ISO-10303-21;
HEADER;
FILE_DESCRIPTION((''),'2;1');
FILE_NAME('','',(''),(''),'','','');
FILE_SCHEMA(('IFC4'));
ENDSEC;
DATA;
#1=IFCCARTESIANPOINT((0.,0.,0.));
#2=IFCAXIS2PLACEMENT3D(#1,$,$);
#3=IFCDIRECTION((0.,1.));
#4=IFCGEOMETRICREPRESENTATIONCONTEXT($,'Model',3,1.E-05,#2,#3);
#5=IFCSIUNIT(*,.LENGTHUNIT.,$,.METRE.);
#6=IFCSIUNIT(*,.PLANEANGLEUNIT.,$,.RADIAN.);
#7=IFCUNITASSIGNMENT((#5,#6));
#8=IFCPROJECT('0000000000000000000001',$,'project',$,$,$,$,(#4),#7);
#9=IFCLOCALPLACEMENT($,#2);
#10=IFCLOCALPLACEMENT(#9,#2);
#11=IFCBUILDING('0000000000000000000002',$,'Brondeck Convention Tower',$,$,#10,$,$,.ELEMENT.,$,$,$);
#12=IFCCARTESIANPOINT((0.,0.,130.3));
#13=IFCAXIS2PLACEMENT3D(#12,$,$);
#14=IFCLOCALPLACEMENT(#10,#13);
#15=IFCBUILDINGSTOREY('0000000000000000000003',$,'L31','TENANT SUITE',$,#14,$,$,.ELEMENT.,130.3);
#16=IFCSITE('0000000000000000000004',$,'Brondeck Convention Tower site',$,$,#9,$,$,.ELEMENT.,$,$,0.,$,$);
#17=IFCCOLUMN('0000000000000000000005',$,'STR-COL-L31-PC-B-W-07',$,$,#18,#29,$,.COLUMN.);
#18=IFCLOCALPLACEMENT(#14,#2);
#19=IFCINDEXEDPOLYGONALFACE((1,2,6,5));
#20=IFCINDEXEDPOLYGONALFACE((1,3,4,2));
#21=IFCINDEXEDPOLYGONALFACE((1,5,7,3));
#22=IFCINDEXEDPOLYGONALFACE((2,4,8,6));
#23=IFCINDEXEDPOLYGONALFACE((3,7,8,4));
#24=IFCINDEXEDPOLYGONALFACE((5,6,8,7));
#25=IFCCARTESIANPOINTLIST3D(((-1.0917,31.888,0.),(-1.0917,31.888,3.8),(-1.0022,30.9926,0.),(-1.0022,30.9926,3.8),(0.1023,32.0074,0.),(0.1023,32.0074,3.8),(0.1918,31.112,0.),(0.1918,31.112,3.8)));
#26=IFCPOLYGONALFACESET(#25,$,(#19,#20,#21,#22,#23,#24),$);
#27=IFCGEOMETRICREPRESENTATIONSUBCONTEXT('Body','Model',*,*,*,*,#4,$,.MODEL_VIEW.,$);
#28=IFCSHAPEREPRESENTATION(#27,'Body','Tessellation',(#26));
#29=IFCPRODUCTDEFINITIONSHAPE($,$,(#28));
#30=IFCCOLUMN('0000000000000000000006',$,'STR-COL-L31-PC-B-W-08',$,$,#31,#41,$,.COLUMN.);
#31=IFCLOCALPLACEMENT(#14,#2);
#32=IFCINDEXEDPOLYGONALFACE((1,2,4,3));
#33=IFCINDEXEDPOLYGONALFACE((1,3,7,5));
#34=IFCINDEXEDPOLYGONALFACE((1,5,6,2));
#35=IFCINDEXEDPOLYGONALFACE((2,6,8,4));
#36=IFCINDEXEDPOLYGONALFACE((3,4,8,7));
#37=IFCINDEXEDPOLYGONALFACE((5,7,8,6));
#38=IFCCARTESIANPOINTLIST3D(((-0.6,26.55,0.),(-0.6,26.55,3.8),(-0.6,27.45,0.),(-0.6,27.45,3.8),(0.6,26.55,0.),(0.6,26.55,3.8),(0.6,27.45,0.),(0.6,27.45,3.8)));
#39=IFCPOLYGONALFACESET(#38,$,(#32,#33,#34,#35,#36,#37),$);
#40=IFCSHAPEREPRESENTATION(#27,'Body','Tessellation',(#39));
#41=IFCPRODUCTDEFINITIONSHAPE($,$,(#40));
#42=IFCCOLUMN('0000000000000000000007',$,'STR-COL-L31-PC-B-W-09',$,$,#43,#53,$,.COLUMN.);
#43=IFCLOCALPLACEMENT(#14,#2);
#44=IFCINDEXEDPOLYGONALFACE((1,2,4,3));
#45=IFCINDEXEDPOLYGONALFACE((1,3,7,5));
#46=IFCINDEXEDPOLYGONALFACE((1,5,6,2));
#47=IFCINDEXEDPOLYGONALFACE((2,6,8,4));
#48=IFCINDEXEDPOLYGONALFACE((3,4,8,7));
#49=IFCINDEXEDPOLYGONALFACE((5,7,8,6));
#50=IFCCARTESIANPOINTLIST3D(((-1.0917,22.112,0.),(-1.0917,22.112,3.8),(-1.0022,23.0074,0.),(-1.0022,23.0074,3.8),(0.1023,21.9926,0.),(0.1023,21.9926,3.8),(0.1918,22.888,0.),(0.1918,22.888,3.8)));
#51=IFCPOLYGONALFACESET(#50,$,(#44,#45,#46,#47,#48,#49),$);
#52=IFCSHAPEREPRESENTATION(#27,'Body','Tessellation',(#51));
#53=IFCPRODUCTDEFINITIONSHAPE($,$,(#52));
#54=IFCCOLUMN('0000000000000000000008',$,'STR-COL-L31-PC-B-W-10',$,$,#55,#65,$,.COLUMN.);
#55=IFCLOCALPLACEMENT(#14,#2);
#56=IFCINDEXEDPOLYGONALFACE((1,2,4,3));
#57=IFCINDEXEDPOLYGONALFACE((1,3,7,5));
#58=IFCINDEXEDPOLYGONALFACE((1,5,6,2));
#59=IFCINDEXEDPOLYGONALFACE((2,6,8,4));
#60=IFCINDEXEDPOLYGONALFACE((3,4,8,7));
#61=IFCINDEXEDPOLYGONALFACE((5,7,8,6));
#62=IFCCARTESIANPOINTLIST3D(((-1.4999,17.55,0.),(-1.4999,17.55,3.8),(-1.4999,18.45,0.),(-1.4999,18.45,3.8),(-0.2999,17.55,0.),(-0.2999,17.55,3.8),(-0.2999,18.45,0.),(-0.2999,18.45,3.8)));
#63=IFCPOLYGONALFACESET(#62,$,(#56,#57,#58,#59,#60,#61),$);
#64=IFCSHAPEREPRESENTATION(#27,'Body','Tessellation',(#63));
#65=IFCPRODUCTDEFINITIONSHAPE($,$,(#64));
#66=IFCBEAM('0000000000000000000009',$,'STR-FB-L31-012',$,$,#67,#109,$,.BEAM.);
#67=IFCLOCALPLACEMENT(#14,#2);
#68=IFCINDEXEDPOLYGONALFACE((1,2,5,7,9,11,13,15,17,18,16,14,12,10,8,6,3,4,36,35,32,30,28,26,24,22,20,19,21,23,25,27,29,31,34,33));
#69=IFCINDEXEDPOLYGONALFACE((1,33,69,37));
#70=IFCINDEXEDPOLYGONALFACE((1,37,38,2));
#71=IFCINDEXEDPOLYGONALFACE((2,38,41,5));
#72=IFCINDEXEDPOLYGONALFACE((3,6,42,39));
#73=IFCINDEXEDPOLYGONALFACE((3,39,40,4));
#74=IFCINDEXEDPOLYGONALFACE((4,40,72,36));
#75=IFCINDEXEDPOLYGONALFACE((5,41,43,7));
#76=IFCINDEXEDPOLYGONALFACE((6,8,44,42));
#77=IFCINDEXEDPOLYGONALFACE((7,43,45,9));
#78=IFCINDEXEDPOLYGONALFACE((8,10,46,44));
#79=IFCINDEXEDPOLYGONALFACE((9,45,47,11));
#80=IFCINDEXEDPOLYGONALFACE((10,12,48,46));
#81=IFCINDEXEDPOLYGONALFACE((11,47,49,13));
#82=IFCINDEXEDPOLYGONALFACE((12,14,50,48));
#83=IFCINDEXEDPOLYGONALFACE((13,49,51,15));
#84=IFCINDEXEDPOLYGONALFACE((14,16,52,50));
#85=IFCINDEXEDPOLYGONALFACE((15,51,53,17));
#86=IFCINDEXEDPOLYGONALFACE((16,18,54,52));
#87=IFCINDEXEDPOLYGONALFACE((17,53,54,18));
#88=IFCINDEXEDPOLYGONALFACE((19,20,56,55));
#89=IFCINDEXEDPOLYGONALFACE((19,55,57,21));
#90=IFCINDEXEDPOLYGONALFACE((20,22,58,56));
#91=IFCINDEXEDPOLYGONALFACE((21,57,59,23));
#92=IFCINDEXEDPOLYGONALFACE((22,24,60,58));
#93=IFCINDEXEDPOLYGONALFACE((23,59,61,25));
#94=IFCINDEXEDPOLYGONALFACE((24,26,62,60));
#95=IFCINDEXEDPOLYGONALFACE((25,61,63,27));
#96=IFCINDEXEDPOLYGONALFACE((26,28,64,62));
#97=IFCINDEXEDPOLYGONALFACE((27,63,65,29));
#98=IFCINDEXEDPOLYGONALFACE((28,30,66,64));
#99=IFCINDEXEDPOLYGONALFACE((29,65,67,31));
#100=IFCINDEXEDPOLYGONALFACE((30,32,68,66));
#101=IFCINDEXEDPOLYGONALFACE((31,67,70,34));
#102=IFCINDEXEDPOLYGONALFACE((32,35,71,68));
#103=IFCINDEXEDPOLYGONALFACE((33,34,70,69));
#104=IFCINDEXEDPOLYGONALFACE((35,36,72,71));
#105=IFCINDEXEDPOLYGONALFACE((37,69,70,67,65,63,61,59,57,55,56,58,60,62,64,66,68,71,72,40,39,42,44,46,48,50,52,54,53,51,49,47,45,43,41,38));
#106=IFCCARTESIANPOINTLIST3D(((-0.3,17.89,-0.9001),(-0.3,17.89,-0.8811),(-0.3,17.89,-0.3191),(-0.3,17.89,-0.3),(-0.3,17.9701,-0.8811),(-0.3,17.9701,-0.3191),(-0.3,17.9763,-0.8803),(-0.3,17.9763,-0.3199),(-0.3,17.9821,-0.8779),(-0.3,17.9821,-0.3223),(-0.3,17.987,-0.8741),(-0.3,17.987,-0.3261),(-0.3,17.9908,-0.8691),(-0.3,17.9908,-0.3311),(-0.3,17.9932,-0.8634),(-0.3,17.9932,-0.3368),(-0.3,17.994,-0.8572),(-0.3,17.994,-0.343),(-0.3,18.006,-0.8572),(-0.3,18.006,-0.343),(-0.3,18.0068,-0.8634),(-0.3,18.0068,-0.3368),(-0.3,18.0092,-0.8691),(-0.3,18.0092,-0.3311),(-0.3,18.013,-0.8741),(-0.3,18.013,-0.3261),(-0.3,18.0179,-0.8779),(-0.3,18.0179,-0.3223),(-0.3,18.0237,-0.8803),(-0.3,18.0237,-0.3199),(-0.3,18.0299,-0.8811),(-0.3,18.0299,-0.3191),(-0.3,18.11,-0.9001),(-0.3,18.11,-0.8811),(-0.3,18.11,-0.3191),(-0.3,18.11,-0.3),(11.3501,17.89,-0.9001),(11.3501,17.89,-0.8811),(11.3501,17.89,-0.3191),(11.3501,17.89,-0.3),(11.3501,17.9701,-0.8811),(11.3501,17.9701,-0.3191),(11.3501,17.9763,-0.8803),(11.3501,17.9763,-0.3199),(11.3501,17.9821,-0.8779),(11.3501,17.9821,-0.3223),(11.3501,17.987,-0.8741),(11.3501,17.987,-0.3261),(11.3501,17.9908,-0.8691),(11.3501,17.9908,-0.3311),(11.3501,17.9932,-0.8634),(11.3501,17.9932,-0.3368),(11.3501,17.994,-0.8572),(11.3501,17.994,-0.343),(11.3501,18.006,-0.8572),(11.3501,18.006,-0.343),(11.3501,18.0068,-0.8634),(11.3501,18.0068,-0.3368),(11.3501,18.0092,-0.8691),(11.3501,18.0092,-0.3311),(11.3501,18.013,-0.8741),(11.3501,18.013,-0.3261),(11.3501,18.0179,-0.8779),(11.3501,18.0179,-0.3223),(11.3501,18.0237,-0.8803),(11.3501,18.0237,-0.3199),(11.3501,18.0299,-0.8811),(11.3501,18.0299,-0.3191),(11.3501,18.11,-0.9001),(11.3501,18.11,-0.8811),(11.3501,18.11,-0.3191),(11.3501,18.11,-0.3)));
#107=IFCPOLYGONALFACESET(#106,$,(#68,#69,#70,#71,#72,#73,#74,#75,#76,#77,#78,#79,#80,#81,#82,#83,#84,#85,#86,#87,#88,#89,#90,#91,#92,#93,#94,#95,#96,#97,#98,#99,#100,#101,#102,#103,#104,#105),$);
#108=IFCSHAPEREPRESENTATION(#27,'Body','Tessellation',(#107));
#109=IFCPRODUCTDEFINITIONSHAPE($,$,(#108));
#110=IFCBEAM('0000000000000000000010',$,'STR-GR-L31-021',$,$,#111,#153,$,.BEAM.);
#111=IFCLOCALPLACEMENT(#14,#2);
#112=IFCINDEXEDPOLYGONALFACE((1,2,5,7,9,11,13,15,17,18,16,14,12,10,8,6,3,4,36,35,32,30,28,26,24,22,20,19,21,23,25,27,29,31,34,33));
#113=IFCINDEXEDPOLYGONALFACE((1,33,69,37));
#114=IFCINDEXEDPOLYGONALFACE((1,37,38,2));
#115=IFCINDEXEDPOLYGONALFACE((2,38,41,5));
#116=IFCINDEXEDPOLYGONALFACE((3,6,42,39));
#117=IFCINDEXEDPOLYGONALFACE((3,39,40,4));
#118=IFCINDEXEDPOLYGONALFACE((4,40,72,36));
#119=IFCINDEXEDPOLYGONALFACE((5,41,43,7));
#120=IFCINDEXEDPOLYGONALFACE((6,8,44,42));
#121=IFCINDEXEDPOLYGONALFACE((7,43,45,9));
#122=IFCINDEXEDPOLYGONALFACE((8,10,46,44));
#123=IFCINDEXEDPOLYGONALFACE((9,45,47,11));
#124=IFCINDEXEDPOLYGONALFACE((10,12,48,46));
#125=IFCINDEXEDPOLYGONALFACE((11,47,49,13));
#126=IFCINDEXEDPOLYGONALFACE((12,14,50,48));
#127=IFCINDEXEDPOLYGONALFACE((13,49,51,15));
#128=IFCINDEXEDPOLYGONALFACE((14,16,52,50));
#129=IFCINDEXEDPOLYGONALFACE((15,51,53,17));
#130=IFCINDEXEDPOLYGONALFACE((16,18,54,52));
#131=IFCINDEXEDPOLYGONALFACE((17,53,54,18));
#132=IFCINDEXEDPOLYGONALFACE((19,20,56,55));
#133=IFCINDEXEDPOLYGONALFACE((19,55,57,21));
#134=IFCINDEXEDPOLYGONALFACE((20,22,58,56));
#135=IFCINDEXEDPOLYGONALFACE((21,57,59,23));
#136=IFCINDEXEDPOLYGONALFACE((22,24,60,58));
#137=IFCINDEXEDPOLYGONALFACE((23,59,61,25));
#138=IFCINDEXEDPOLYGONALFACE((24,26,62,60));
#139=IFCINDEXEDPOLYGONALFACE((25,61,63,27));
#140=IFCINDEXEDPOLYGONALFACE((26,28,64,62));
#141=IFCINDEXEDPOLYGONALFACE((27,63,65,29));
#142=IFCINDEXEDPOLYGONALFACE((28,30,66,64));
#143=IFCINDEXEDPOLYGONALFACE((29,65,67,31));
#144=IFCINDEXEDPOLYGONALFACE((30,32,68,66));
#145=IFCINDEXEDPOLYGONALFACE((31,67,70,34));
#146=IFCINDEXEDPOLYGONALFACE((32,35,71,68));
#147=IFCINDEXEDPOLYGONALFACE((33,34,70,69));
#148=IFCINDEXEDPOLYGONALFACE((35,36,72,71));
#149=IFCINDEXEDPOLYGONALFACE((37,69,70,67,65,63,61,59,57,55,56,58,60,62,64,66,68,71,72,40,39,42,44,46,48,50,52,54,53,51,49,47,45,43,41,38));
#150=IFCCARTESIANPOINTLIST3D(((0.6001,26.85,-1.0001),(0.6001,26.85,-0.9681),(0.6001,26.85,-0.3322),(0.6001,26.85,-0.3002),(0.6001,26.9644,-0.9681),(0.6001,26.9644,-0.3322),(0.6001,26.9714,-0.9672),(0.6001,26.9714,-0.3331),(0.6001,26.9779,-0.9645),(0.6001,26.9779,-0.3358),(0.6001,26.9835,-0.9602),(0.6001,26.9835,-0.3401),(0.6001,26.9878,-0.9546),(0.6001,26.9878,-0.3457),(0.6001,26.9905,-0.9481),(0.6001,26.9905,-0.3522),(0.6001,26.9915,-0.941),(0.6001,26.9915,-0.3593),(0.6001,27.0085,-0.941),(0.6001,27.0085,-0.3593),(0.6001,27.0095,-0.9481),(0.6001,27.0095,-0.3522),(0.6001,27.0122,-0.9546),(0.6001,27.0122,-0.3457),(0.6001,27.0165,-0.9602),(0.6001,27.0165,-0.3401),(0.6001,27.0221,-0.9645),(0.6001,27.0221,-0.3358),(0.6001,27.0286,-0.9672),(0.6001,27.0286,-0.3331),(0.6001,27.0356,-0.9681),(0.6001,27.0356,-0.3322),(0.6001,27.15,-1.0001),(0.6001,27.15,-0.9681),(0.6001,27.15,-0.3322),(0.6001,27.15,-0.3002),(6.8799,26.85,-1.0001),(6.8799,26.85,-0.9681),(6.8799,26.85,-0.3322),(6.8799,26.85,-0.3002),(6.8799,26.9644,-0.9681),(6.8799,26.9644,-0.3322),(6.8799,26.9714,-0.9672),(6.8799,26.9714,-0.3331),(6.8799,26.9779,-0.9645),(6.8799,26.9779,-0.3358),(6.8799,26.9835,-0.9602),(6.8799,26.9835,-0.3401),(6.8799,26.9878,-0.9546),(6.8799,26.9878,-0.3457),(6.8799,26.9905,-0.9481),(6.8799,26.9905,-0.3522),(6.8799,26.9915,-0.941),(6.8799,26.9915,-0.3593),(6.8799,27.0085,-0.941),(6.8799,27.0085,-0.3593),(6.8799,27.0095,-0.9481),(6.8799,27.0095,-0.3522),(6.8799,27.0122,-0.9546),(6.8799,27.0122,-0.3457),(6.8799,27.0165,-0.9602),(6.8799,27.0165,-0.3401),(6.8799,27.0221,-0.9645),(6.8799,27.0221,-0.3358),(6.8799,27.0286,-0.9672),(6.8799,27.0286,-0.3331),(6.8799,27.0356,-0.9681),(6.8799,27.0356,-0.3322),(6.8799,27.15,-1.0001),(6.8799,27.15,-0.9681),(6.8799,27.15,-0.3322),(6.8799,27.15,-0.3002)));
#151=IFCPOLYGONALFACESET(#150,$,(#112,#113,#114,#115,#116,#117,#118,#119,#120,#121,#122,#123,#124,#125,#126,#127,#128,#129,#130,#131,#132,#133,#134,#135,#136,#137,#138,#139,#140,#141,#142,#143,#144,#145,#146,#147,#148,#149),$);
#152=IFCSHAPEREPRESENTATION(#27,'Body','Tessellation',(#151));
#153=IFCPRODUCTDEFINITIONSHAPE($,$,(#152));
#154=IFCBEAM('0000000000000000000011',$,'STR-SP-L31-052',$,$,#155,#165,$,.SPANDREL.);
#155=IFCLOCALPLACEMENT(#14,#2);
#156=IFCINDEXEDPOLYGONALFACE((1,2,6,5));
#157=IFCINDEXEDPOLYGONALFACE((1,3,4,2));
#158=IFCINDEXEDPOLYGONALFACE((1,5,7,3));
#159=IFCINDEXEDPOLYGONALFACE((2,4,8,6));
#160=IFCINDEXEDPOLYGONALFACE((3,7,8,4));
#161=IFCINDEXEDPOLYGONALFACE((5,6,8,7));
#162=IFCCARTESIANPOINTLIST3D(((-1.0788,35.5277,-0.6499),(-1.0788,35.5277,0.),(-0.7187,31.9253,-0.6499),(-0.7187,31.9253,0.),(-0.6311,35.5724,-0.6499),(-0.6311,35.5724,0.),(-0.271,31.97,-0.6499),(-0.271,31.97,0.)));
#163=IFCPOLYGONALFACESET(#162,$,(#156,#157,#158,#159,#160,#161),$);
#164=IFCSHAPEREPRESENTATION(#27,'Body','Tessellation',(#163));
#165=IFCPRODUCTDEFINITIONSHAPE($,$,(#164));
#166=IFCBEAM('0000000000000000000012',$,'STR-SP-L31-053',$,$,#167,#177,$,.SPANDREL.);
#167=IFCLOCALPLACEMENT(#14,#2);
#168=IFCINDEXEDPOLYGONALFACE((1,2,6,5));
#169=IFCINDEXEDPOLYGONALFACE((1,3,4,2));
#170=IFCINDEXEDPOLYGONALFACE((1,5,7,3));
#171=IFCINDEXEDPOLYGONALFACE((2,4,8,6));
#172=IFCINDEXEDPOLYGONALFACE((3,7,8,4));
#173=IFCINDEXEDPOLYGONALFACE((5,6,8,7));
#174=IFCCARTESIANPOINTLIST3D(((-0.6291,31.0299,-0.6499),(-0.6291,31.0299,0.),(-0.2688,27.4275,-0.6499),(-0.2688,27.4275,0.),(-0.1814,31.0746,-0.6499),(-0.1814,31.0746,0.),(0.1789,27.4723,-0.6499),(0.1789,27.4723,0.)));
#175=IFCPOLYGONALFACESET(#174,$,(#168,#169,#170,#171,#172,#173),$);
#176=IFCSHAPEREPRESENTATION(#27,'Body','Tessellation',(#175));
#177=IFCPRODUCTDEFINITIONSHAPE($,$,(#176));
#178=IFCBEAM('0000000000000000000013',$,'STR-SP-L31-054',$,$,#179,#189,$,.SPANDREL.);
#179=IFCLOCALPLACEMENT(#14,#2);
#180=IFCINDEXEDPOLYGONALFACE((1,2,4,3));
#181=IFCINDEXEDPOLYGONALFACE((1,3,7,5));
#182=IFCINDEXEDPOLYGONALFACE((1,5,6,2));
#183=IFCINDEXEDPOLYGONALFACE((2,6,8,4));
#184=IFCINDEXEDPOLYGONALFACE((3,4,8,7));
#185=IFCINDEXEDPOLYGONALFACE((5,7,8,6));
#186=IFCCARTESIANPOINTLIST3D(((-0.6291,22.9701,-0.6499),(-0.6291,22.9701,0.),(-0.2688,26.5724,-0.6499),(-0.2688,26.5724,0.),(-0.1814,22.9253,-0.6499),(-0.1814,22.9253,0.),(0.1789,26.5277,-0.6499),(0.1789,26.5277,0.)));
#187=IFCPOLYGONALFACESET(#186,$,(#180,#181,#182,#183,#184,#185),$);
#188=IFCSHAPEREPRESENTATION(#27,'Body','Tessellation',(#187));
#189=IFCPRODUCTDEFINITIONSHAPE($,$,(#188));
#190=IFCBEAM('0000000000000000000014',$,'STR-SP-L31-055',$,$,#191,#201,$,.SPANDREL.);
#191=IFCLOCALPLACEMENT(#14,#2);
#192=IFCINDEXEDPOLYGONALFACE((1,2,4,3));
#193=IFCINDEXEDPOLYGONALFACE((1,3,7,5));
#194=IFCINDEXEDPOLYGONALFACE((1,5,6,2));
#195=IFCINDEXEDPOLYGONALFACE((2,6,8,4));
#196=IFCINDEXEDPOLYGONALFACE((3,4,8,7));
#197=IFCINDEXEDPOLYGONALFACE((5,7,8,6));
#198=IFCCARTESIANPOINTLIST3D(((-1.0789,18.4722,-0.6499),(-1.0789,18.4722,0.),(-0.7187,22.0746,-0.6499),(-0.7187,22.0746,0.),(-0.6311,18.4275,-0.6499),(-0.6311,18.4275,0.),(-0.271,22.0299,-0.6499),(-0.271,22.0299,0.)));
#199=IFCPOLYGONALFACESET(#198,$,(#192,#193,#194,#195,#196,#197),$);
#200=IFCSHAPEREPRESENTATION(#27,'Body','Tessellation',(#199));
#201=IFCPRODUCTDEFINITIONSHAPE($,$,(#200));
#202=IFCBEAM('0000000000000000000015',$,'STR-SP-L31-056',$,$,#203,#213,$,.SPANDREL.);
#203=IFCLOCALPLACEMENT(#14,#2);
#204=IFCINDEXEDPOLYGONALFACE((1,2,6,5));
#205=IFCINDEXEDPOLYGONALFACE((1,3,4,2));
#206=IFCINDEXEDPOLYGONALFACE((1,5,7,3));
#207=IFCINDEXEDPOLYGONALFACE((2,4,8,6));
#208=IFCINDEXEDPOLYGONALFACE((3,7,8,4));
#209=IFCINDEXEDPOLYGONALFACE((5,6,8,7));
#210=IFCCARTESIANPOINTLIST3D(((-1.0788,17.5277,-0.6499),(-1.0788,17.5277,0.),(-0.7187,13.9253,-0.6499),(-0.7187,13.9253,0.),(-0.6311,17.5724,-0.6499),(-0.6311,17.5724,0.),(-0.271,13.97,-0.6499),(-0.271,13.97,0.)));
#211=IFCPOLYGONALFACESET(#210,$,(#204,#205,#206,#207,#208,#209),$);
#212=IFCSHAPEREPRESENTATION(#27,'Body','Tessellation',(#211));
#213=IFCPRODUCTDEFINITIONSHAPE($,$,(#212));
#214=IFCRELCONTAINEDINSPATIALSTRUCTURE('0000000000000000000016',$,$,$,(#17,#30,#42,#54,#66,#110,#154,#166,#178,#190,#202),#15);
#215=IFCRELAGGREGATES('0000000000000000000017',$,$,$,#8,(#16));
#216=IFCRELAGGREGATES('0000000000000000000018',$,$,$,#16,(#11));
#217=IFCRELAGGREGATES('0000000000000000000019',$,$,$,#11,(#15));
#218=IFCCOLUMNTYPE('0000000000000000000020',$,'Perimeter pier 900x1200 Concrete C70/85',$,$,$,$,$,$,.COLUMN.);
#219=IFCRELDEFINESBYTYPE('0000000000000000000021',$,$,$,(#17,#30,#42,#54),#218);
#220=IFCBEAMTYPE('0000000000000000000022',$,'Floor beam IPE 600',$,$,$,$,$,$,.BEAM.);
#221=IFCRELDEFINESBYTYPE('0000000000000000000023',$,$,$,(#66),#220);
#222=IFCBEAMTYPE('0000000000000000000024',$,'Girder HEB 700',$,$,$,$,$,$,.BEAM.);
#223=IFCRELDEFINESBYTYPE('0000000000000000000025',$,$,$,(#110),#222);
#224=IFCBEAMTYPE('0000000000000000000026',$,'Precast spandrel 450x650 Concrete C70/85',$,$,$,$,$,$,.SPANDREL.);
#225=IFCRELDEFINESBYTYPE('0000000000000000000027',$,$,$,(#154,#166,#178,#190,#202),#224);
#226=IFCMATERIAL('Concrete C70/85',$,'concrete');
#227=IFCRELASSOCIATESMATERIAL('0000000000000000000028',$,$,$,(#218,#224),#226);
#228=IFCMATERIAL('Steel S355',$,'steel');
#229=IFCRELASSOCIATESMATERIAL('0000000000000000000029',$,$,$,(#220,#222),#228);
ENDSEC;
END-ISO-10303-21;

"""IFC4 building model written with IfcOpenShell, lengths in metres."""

from ifc_helpers import new_model, si_unit, direction, frame, origin, origin_2d, place, context, subcontext, project, spatial, rectangle, i_section, extrude, material, material_profile, profile_set, type_object, element, save


model = new_model("IFC4")

# Units and contexts
model_context = context("Model", 3, precision=1e-05, world=origin(), true_north=direction((0.0, 1.0)))
body_context = subcontext(model_context, "Body", "Model", "MODEL_VIEW")
ifc_project = project(units=[si_unit("LENGTHUNIT", "METRE"), si_unit("PLANEANGLEUNIT", "RADIAN")], contexts=[model_context])

# Site, building, storey
site_placement = place(None, origin())
site = spatial("IfcSite", under=ifc_project, at=site_placement, Name="Brondeck Convention Tower site", CompositionType="ELEMENT", RefElevation=0.0)
building_placement = place(site_placement, origin())
building = spatial("IfcBuilding", under=site, at=building_placement, Name="Brondeck Convention Tower", CompositionType="ELEMENT")
storey_placement = place(building_placement, frame((0.0, 0.0, 130.3)))
storey = spatial("IfcBuildingStorey", under=building, at=storey_placement, Name="L31", Description="TENANT SUITE", CompositionType="ELEMENT", Elevation=130.3)

# Columns
ifc_material_1 = material(Name="Concrete C70/85", Category="concrete")
ifc_material_profile_1 = material_profile(ifc_material_1, rectangle(XDim=0.8999, YDim=1.2, at=origin_2d()), Name="Perimeter pier 900x1200 Concrete C70/85")
ifc_profile_set_1 = profile_set([ifc_material_profile_1], Name="Concrete C70/85")
column_type = type_object("IfcColumnType", Name="Perimeter pier 900x1200 Concrete C70/85", PredefinedType="COLUMN", material=ifc_profile_set_1)
for number, where, z_axis, x_axis, name in (
    (1, (-0.45, 31.5, 0.0), (0.0, 0.0, 1.0), (0.099504, -0.995037, 0.0), "STR-COL-L31-PC-B-W-07"),
    (2, (0.0, 27.0, 0.0), (0.0, 0.0, 1.0), (0.0, -1.0, 0.0), "STR-COL-L31-PC-B-W-08"),
    (3, (-0.45, 22.5, 0.0), (0.0, 0.0, 1.0), (-0.099504, -0.995037, 0.0), "STR-COL-L31-PC-B-W-09"),
    (4, (-0.8999, 18.0, 0.0), (0.0, 0.0, 1.0), (0.0, -1.0, 0.0), "STR-COL-L31-PC-B-W-10"),
):
    element("IfcColumn", number, at=place(storey_placement, frame(where, z_axis=z_axis, x_axis=x_axis)), inside=storey, type_object=column_type, Name=name, PredefinedType="COLUMN", context=body_context, shape_type="SweptSolid", body=[
        extrude(rectangle(XDim=0.8999, YDim=1.2, at=origin_2d()), origin(), (0.0, 0.0, 1.0), 3.8),
    ])

# Beams
ifc_material_2 = material(Name="Steel S355", Category="steel")
ifc_material_profile_2 = material_profile(ifc_material_2, i_section(OverallWidth=0.22, OverallDepth=0.6001, WebThickness=0.012, FlangeThickness=0.019, FilletRadius=0.0239, at=origin_2d()), Name="IPE 600")
ifc_profile_set_2 = profile_set([ifc_material_profile_2], Name="Steel S355")
beam_type_1 = type_object("IfcBeamType", Name="Floor beam IPE 600", PredefinedType="BEAM", material=ifc_profile_set_2)
beam_1_placement = place(storey_placement, frame((-0.3, 18.0, -0.6001), z_axis=(1.0, 0.0, 0.0), x_axis=(0.0, 1.0, 0.0)))
element("IfcBeam", 5, at=beam_1_placement, inside=storey, type_object=beam_type_1, Name="STR-FB-L31-012", PredefinedType="BEAM", context=body_context, shape_type="SweptSolid", body=[
    extrude(i_section(OverallWidth=0.22, OverallDepth=0.6001, WebThickness=0.012, FlangeThickness=0.019, FilletRadius=0.0239, at=origin_2d()), origin(), (0.0, 0.0, 1.0), 11.6501),
])
ifc_material_profile_3 = material_profile(ifc_material_2, i_section(OverallWidth=0.3, OverallDepth=0.7, WebThickness=0.0171, FlangeThickness=0.032, FilletRadius=0.0271, at=origin_2d()), Name="HEB 700")
ifc_profile_set_3 = profile_set([ifc_material_profile_3], Name="Steel S355")
beam_type_2 = type_object("IfcBeamType", Name="Girder HEB 700", PredefinedType="BEAM", material=ifc_profile_set_3)
beam_2_placement = place(storey_placement, frame((0.6001, 27.0, -0.6501), z_axis=(1.0, 0.0, 0.0), x_axis=(0.0, 1.0, 0.0)))
element("IfcBeam", 6, at=beam_2_placement, inside=storey, type_object=beam_type_2, Name="STR-GR-L31-021", PredefinedType="BEAM", context=body_context, shape_type="SweptSolid", body=[
    extrude(i_section(OverallWidth=0.3, OverallDepth=0.7, WebThickness=0.0171, FlangeThickness=0.032, FilletRadius=0.0271, at=origin_2d()), origin(), (0.0, 0.0, 1.0), 6.2798),
])
ifc_material_profile_4 = material_profile(ifc_material_1, rectangle(XDim=0.45, YDim=0.6499, at=origin_2d()), Name="Precast spandrel 450x650 Concrete C70/85")
ifc_profile_set_4 = profile_set([ifc_material_profile_4], Name="Concrete C70/85")
beam_type_3 = type_object("IfcBeamType", Name="Precast spandrel 450x650 Concrete C70/85", PredefinedType="SPANDREL", material=ifc_profile_set_4)
for number, where, z_axis, x_axis, name in (
    (7, (-0.855, 35.55, -0.325), (0.09947, -0.995041, 0.0), (0.995041, 0.09947, 0.0), "STR-SP-L31-052"),
    (8, (-0.4053, 31.0522, -0.325), (0.099537, -0.995034, 0.0), (0.995034, 0.099537, 0.0), "STR-SP-L31-053"),
    (9, (-0.0449, 26.55, -0.325), (-0.099537, -0.995034, 0.0), (0.995034, -0.099537, 0.0), "STR-SP-L31-054"),
    (10, (-0.4949, 22.0522, -0.325), (-0.09947, -0.995041, 0.0), (0.995041, -0.09947, 0.0), "STR-SP-L31-055"),
    (11, (-0.855, 17.55, -0.325), (0.09947, -0.995041, 0.0), (0.995041, 0.09947, 0.0), "STR-SP-L31-056"),
):
    element("IfcBeam", number, at=place(storey_placement, frame(where, z_axis=z_axis, x_axis=x_axis)), inside=storey, type_object=beam_type_3, Name=name, PredefinedType="SPANDREL", context=body_context, shape_type="SweptSolid", body=[
        extrude(rectangle(XDim=0.45, YDim=0.6499, at=origin_2d()), origin(), (0.0, 0.0, 1.0), 3.6204),
    ])

save(model, "model.ifc")
